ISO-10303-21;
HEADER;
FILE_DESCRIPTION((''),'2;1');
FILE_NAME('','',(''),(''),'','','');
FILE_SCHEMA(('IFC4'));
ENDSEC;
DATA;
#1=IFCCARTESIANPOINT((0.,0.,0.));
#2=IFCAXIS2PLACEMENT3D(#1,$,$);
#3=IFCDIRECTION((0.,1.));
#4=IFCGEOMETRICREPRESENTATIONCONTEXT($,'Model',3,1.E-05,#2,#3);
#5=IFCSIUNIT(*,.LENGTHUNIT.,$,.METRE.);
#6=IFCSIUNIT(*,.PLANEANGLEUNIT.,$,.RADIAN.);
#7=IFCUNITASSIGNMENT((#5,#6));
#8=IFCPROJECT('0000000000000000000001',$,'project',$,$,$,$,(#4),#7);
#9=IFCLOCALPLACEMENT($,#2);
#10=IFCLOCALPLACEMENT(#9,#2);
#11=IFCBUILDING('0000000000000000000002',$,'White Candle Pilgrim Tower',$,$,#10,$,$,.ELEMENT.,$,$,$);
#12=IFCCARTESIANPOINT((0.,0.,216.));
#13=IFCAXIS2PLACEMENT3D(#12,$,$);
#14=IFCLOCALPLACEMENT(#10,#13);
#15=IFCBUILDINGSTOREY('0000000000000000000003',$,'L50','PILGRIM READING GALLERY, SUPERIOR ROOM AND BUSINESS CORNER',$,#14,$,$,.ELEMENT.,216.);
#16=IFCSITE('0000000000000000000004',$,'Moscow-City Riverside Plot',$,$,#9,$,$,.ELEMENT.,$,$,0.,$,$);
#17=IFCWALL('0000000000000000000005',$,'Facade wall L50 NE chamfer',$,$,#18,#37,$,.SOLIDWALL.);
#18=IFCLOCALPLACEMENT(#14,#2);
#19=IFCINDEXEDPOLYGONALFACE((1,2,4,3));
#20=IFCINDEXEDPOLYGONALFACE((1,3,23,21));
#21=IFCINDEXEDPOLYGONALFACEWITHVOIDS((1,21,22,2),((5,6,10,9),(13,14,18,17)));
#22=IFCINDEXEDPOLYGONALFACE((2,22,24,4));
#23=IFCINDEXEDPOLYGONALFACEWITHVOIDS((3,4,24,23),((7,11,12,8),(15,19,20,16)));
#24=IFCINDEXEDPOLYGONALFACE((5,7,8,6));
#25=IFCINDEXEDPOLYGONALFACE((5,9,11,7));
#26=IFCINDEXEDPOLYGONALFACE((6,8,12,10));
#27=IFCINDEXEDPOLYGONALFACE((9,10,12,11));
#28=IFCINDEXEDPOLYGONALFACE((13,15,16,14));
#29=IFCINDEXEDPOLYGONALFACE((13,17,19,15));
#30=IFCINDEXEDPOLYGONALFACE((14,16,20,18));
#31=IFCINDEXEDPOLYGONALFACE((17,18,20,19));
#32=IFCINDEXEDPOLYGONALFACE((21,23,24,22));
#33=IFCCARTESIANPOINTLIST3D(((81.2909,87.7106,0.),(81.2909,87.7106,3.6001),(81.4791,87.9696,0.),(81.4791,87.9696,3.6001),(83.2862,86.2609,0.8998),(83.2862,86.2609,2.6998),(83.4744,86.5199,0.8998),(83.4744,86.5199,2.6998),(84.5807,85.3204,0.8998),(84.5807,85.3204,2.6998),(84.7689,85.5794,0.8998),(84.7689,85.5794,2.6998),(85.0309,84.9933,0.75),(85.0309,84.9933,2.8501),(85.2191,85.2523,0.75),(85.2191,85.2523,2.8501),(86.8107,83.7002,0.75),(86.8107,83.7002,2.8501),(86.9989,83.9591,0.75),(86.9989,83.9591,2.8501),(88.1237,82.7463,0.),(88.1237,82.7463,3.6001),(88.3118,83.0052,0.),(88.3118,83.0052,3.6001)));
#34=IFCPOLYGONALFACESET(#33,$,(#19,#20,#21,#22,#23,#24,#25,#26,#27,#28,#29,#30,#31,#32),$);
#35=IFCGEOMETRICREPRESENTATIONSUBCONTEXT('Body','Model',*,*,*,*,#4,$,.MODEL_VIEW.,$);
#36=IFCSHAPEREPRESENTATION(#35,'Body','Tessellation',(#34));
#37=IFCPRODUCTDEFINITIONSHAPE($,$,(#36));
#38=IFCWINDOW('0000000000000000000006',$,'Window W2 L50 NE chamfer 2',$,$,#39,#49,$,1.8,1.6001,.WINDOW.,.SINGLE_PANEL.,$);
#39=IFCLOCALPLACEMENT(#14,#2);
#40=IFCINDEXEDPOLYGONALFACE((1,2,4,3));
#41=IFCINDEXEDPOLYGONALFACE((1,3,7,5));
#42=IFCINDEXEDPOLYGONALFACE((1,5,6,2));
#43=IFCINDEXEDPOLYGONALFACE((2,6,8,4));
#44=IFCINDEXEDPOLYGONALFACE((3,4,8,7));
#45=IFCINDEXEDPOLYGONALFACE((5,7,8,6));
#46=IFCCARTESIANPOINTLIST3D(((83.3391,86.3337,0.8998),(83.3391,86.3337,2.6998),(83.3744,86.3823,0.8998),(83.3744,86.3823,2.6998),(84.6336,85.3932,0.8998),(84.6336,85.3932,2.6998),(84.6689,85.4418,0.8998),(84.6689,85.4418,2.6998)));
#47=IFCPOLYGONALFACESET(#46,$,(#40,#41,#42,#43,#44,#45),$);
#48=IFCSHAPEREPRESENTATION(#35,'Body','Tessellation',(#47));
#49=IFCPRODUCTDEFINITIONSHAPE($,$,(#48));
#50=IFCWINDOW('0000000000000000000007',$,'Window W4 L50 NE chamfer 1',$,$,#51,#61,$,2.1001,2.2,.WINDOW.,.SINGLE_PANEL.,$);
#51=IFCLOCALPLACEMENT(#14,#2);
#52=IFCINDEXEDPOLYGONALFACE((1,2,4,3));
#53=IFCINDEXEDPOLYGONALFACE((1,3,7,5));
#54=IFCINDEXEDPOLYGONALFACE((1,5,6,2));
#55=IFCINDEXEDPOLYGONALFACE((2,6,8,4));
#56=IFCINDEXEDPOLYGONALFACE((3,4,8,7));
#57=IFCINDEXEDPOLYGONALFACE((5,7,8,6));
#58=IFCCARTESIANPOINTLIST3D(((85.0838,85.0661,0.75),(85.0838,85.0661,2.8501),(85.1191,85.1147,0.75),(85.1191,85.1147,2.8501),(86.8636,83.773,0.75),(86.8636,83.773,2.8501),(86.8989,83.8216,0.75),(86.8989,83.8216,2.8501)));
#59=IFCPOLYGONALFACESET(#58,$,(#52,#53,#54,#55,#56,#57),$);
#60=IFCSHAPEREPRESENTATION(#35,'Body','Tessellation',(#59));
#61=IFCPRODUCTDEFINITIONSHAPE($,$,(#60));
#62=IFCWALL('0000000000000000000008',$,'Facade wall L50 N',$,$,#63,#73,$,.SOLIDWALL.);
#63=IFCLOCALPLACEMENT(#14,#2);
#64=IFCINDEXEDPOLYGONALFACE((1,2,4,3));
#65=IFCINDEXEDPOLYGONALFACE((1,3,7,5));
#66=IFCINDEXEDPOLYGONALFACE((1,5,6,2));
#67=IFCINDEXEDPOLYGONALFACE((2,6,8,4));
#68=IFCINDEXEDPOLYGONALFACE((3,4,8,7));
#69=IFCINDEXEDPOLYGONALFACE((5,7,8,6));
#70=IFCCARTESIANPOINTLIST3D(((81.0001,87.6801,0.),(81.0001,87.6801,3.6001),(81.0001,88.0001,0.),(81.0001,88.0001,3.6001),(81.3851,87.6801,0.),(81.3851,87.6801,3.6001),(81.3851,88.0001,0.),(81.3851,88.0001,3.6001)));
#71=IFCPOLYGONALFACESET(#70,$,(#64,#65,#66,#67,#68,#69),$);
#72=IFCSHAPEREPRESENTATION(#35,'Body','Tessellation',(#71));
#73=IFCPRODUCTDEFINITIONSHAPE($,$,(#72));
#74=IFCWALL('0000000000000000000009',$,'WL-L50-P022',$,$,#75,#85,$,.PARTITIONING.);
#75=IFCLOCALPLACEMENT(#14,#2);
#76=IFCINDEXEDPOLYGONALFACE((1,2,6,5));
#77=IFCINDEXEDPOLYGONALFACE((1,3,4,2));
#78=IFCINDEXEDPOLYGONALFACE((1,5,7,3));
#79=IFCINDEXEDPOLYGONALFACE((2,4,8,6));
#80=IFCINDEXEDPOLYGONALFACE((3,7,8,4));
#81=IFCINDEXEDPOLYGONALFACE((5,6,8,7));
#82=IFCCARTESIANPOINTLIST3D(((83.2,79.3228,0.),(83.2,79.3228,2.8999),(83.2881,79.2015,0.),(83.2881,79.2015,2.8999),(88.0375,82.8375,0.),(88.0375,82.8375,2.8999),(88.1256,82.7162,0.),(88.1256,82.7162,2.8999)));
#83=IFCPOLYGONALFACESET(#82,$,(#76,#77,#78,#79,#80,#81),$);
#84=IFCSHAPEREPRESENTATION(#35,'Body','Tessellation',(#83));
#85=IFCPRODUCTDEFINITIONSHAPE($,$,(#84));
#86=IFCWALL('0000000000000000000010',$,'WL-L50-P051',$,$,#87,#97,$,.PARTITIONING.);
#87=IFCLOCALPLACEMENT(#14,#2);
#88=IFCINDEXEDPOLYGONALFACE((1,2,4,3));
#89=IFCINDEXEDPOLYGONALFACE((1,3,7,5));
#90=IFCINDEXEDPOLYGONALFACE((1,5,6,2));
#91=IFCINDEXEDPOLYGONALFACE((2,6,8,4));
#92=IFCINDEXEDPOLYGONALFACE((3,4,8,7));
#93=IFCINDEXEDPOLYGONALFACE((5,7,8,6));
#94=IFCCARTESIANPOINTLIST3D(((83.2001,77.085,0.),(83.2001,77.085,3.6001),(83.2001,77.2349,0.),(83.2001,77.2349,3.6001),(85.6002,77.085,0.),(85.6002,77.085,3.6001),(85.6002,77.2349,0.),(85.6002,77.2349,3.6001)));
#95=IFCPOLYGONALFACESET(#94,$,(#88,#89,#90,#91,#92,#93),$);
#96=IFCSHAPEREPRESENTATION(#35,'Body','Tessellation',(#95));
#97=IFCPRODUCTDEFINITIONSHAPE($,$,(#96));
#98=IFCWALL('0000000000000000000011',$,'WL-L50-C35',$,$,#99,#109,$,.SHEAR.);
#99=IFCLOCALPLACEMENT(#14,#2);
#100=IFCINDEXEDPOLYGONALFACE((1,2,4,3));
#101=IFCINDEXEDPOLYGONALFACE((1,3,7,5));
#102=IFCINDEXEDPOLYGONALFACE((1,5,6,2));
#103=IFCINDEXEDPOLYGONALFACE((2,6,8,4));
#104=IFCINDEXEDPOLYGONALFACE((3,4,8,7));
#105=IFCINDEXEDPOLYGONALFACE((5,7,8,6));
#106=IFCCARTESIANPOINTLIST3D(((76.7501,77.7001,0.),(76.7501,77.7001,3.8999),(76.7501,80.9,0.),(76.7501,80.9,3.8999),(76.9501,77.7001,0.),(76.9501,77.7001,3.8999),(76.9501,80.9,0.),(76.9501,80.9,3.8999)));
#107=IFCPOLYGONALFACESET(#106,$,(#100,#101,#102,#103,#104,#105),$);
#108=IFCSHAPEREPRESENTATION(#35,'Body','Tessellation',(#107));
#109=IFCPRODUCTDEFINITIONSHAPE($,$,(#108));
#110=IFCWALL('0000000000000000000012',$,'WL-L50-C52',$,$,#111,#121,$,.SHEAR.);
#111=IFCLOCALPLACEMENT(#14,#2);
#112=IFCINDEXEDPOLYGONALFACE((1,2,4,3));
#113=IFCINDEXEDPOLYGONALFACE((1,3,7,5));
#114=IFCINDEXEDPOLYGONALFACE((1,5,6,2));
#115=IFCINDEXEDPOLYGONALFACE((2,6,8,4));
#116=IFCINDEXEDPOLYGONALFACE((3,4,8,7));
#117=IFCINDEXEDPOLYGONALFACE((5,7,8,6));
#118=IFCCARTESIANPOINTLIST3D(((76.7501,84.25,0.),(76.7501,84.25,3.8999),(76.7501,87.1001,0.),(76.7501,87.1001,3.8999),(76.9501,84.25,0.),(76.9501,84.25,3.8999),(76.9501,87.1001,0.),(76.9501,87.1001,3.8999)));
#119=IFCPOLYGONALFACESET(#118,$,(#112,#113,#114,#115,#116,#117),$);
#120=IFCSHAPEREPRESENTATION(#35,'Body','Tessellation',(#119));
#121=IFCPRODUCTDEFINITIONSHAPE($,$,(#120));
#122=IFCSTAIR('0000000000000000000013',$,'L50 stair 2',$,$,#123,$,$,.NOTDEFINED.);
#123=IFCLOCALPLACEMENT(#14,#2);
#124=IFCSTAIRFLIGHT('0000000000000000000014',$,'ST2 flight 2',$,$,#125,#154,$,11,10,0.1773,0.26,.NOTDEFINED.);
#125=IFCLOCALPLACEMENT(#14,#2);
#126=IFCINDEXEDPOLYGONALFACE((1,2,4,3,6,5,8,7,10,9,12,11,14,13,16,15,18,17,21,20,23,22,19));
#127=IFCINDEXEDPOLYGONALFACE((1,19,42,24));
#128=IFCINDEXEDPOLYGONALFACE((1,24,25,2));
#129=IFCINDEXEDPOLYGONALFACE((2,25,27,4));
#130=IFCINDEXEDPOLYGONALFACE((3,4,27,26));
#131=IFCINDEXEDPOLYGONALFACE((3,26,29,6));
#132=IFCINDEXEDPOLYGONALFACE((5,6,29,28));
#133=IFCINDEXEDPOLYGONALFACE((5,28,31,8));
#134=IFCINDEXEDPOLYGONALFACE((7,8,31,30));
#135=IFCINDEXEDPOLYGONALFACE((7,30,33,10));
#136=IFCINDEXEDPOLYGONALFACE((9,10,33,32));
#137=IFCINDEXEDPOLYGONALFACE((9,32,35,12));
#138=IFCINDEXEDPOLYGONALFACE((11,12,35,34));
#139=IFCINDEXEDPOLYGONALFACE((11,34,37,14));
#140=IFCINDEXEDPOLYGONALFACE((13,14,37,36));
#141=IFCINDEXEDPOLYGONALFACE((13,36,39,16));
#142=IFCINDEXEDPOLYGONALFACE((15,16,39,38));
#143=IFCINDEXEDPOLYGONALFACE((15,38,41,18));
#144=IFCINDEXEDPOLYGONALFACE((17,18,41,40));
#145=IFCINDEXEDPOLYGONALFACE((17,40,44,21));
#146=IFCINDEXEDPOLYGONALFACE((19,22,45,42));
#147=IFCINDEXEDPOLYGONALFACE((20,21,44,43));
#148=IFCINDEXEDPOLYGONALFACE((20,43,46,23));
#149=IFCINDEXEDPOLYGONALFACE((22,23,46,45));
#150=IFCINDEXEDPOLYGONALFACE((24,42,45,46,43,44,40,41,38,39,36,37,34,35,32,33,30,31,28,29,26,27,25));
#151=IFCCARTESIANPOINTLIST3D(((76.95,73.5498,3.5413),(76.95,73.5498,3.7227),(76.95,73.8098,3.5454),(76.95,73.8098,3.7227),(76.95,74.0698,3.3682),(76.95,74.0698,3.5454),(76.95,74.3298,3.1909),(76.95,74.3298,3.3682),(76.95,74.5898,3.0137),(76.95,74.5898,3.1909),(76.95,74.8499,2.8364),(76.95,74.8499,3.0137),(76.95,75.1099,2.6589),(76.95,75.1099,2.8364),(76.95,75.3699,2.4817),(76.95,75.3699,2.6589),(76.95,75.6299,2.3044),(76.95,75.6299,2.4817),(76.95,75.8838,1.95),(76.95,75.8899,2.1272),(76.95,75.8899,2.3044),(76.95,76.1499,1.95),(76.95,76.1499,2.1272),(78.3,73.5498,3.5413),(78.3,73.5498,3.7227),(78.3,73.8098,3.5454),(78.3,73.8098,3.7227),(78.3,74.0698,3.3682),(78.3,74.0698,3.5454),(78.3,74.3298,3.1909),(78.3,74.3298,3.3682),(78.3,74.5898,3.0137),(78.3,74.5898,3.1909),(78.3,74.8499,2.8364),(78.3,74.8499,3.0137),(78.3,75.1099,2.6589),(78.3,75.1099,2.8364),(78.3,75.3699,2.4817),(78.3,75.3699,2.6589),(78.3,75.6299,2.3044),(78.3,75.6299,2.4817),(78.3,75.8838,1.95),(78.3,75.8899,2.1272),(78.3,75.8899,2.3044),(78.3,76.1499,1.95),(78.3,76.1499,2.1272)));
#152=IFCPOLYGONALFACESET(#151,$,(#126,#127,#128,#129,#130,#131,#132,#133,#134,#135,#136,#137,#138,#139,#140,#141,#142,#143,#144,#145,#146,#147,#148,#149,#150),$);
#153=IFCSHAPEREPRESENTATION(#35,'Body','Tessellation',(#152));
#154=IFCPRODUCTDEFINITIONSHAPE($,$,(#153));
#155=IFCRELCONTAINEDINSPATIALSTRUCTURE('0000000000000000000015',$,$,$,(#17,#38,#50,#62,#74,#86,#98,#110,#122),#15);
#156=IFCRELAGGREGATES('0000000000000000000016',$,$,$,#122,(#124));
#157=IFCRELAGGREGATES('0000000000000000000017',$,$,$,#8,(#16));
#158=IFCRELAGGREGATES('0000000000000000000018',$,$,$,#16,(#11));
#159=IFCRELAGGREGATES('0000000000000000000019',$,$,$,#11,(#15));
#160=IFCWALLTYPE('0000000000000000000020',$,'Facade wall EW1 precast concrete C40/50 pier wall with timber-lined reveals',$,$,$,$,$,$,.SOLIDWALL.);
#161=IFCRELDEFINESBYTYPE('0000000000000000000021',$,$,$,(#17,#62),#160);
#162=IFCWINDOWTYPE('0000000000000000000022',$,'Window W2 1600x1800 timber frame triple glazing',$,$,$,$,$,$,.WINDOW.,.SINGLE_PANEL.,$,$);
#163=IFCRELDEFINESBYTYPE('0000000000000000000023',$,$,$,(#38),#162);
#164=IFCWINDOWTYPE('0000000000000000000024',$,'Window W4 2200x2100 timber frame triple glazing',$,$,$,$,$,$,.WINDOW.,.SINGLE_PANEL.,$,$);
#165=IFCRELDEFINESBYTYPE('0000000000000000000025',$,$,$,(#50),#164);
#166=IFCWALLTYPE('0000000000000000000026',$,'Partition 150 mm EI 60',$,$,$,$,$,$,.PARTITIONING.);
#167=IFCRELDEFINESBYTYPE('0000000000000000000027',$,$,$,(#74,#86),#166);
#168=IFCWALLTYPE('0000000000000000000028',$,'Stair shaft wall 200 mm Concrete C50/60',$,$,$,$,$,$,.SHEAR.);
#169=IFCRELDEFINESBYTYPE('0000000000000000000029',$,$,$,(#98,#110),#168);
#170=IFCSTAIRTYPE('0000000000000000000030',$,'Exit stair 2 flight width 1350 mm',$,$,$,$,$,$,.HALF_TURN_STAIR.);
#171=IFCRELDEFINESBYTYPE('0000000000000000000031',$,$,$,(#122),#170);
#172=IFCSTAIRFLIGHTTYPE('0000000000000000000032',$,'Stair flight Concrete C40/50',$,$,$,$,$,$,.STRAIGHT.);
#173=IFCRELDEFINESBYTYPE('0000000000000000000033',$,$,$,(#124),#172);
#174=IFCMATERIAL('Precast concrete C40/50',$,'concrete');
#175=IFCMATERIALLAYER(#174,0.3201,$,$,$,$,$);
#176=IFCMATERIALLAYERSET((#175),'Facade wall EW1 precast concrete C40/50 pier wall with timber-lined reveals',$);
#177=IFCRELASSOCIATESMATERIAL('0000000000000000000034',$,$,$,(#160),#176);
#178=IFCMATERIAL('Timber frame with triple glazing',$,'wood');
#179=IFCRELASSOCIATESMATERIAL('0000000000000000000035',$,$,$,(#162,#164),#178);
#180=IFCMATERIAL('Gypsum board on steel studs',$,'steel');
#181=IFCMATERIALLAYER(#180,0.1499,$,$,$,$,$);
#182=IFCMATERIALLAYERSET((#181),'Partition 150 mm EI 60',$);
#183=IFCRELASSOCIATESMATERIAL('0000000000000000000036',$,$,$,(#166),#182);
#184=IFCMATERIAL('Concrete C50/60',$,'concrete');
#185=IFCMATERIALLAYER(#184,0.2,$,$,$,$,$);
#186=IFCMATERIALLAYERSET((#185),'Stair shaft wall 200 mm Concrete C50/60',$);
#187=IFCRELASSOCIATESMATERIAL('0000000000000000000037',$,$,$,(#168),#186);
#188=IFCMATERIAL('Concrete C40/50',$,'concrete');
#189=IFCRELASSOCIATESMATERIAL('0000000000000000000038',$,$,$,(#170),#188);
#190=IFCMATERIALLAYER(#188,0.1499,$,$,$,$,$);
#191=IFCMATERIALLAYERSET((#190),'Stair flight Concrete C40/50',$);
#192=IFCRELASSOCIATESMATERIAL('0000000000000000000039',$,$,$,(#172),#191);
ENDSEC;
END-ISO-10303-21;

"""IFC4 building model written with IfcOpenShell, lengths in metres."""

from ifc_helpers import new_model, si_unit, direction, frame, frame_2d, origin, place, context, subcontext, project, spatial, polyline, rectangle, outline, extrude, material, layer, layer_set, type_object, element, fill, aggregate, save


model = new_model("IFC4")

# Units and contexts
model_context = context("Model", 3, precision=1e-05, world=origin(), true_north=direction((0.0, 1.0)))
body_context = subcontext(model_context, "Body", "Model", "MODEL_VIEW")
ifc_project = project(units=[si_unit("LENGTHUNIT", "METRE"), si_unit("PLANEANGLEUNIT", "RADIAN")], contexts=[model_context])

# Site, building, storey
site_placement = place(None, origin())
site = spatial("IfcSite", under=ifc_project, at=site_placement, Name="Moscow-City Riverside Plot", CompositionType="ELEMENT", RefElevation=0.0)
building_placement = place(site_placement, origin())
building = spatial("IfcBuilding", under=site, at=building_placement, Name="White Candle Pilgrim Tower", CompositionType="ELEMENT")
storey_placement = place(building_placement, frame((0.0, 0.0, 216.0)))
storey = spatial("IfcBuildingStorey", under=building, at=storey_placement, Name="L50", Description="PILGRIM READING GALLERY, SUPERIOR ROOM AND BUSINESS CORNER", CompositionType="ELEMENT", Elevation=216.0)

# Shared definitions
ifc_material_1 = material(Name="Concrete C50/60", Category="concrete")

# Shared definitions
ifc_material_2 = material(Name="Gypsum board on steel studs", Category="steel")

# Wall, openings, windows
ifc_material_3 = material(Name="Precast concrete C40/50", Category="concrete")
ifc_layer_1 = layer(ifc_material_3, 0.3201)
ifc_layer_set_1 = layer_set([ifc_layer_1], Name="Facade wall EW1 precast concrete C40/50 pier wall with timber-lined reveals")
wall_type_1 = type_object("IfcWallType", Name="Facade wall EW1 precast concrete C40/50 pier wall with timber-lined reveals", PredefinedType="SOLIDWALL", material=ifc_layer_set_1)
wall_1_placement = place(storey_placement, frame((88.2178, 82.8757, 0.0), z_axis=(0.0, 0.0, 1.0), x_axis=(-0.809013, 0.58779, 0.0)))
wall_1 = element("IfcWall", 1, at=wall_1_placement, inside=storey, type_object=wall_type_1, Name="Facade wall L50 NE chamfer", PredefinedType="SOLIDWALL", context=body_context, shape_type="SweptSolid", body=[
    extrude(rectangle(XDim=8.4458, YDim=0.3201, at=frame_2d((4.2229, 0.0))), origin(), (0.0, 0.0, 1.0), 3.6001),
])
opening_1_placement = place(wall_1_placement, frame((1.6228, 0.0, 0.75)))
opening_1 = element("IfcOpeningElement", 2, at=opening_1_placement, cuts=wall_1, PredefinedType="OPENING", context=body_context, shape_type="SweptSolid", body=[
    extrude(rectangle(XDim=2.2, YDim=2.1001, at=frame_2d((1.1001, 1.05))), frame((0.0, 0.1699, 0.0), z_axis=(0.0, -1.0, 0.0), x_axis=(1.0, 0.0, 0.0)), (0.0, 0.0, 1.0), 0.3401),
])
opening_2_placement = place(wall_1_placement, frame((4.3794, 0.0, 0.8999)))
opening_2 = element("IfcOpeningElement", 3, at=opening_2_placement, cuts=wall_1, PredefinedType="OPENING", context=body_context, shape_type="SweptSolid", body=[
    extrude(rectangle(XDim=1.6001, YDim=1.8, at=frame_2d((0.8, 0.8999))), frame((0.0, 0.1699, 0.0), z_axis=(0.0, -1.0, 0.0), x_axis=(1.0, 0.0, 0.0)), (0.0, 0.0, 1.0), 0.3401),
])
ifc_material_4 = material(Name="Timber frame with triple glazing", Category="wood")
window_type_1 = type_object("IfcWindowType", Name="Window W2 1600x1800 timber frame triple glazing", PartitioningType="SINGLE_PANEL", PredefinedType="WINDOW", material=ifc_material_4)
window_1_placement = place(opening_2_placement, origin())
window_1 = element("IfcWindow", 4, at=window_1_placement, inside=storey, type_object=window_type_1, Name="Window W2 L50 NE chamfer 2", OverallHeight=1.8, OverallWidth=1.6001, PartitioningType="SINGLE_PANEL", PredefinedType="WINDOW", context=body_context, shape_type="SweptSolid", body=[
    extrude(rectangle(XDim=1.6001, YDim=1.8, at=frame_2d((0.8, 0.8999))), frame((0.0, 0.0701, 0.0), z_axis=(0.0, -1.0, 0.0), x_axis=(1.0, 0.0, 0.0)), (0.0, 0.0, 1.0), 0.0601),
])
fill(opening_2, window_1)
window_type_2 = type_object("IfcWindowType", Name="Window W4 2200x2100 timber frame triple glazing", PartitioningType="SINGLE_PANEL", PredefinedType="WINDOW", material=ifc_material_4)
window_2_placement = place(opening_1_placement, origin())
window_2 = element("IfcWindow", 5, at=window_2_placement, inside=storey, type_object=window_type_2, Name="Window W4 L50 NE chamfer 1", OverallHeight=2.1001, OverallWidth=2.2, PartitioningType="SINGLE_PANEL", PredefinedType="WINDOW", context=body_context, shape_type="SweptSolid", body=[
    extrude(rectangle(XDim=2.2, YDim=2.1001, at=frame_2d((1.1001, 1.05))), frame((0.0, 0.0701, 0.0), z_axis=(0.0, -1.0, 0.0), x_axis=(1.0, 0.0, 0.0)), (0.0, 0.0, 1.0), 0.0601),
])
fill(opening_1, window_2)

# Walls
wall_2_placement = place(storey_placement, frame((81.385, 87.8401, 0.0), z_axis=(0.0, 0.0, 1.0), x_axis=(-1.0, 0.0, 0.0)))
element("IfcWall", 6, at=wall_2_placement, inside=storey, type_object=wall_type_1, Name="Facade wall L50 N", PredefinedType="SOLIDWALL", context=body_context, shape_type="SweptSolid", body=[
    extrude(rectangle(XDim=0.385, YDim=0.3201, at=frame_2d((0.1924, 0.0))), origin(), (0.0, 0.0, 1.0), 3.6001),
])
ifc_layer_2 = layer(ifc_material_2, 0.1499)
ifc_layer_set_2 = layer_set([ifc_layer_2], Name="Partition 150 mm EI 60")
wall_type_2 = type_object("IfcWallType", Name="Partition 150 mm EI 60", PredefinedType="PARTITIONING", material=ifc_layer_set_2)
wall_3_placement = place(storey_placement, frame((88.0815, 82.7769, 0.0), z_axis=(0.0, 0.0, 1.0), x_axis=(-0.809011, -0.587793, 0.0)))
element("IfcWall", 7, at=wall_3_placement, inside=storey, type_object=wall_type_2, Name="WL-L50-P022", PredefinedType="PARTITIONING", context=body_context, shape_type="SweptSolid", body=[
    extrude(rectangle(XDim=5.9795, YDim=0.1499, at=frame_2d((2.9897, 0.0))), origin(), (0.0, 0.0, 1.0), 2.8999),
])
wall_4_placement = place(storey_placement, frame((83.2, 77.1599, 0.0), z_axis=(0.0, 0.0, 1.0), x_axis=(1.0, 0.0, 0.0)))
element("IfcWall", 8, at=wall_4_placement, inside=storey, type_object=wall_type_2, Name="WL-L50-P051", PredefinedType="PARTITIONING", context=body_context, shape_type="SweptSolid", body=[
    extrude(rectangle(XDim=2.4001, YDim=0.1499, at=frame_2d((1.2002, 0.0))), origin(), (0.0, 0.0, 1.0), 3.6001),
])
ifc_layer_3 = layer(ifc_material_1, 0.2)
ifc_layer_set_3 = layer_set([ifc_layer_3], Name="Stair shaft wall 200 mm Concrete C50/60")
wall_type_3 = type_object("IfcWallType", Name="Stair shaft wall 200 mm Concrete C50/60", PredefinedType="SHEAR", material=ifc_layer_set_3)
wall_5_placement = place(storey_placement, frame((76.8501, 77.7, 0.0), z_axis=(0.0, 0.0, 1.0), x_axis=(0.0, 1.0, 0.0)))
element("IfcWall", 9, at=wall_5_placement, inside=storey, type_object=wall_type_3, Name="WL-L50-C35", PredefinedType="SHEAR", context=body_context, shape_type="SweptSolid", body=[
    extrude(rectangle(XDim=3.2, YDim=0.2, at=frame_2d((1.6001, 0.0))), origin(), (0.0, 0.0, 1.0), 3.8999),
])
wall_6_placement = place(storey_placement, frame((76.8501, 84.25, 0.0), z_axis=(0.0, 0.0, 1.0), x_axis=(0.0, 1.0, 0.0)))
element("IfcWall", 10, at=wall_6_placement, inside=storey, type_object=wall_type_3, Name="WL-L50-C52", PredefinedType="SHEAR", context=body_context, shape_type="SweptSolid", body=[
    extrude(rectangle(XDim=2.8501, YDim=0.2, at=frame_2d((1.425, 0.0))), origin(), (0.0, 0.0, 1.0), 3.8999),
])

# Stair, stair flight
ifc_material_5 = material(Name="Concrete C40/50", Category="concrete")
stair_type = type_object("IfcStairType", Name="Exit stair 2 flight width 1350 mm", PredefinedType="HALF_TURN_STAIR", material=ifc_material_5)
stair_placement = place(storey_placement, origin())
stair = element("IfcStair", 11, at=stair_placement, inside=storey, type_object=stair_type, Name="L50 stair 2", PredefinedType="NOTDEFINED")
ifc_layer_4 = layer(ifc_material_5, 0.1499)
ifc_layer_set_4 = layer_set([ifc_layer_4], Name="Stair flight Concrete C40/50")
stair_flight_type = type_object("IfcStairFlightType", Name="Stair flight Concrete C40/50", PredefinedType="STRAIGHT", material=ifc_layer_set_4)
stair_flight_placement = place(storey_placement, frame((77.625, 76.1499, 1.95), z_axis=(0.0, 0.0, 1.0), x_axis=(0.0, -1.0, 0.0)))
stair_flight = element("IfcStairFlight", 12, at=stair_flight_placement, type_object=stair_flight_type, Name="ST2 flight 2", NumberOfRisers=11, NumberOfTreads=10, PredefinedType="NOTDEFINED", RiserHeight=0.1773, TreadLength=0.26, context=body_context, shape_type="SweptSolid", body=[
    extrude(outline(polyline([(0.0, 0.0), (0.0, 0.1772), (0.26, 0.1772), (0.26, 0.3545), (0.52, 0.3545), (0.52, 0.5317), (0.78, 0.5317), (0.78, 0.709), (1.04, 0.709), (1.04, 0.8865), (1.3, 0.8865), (1.3, 1.0637), (1.5601, 1.0637), (1.5601, 1.241), (1.8201, 1.241), (1.8201, 1.4182), (2.0801, 1.4182), (2.0801, 1.5955), (2.3401, 1.5955), (2.3401, 1.7727), (2.6001, 1.7727), (2.6001, 1.95), (2.6001, 1.5913), (0.2661, 0.0), (0.0, 0.0)])), frame((0.0, 0.675, 0.0), z_axis=(0.0, -1.0, 0.0), x_axis=(1.0, 0.0, 0.0)), (0.0, 0.0, 1.0), 1.3501),
])
aggregate(stair, [stair_flight])

save(model, "model.ifc")
